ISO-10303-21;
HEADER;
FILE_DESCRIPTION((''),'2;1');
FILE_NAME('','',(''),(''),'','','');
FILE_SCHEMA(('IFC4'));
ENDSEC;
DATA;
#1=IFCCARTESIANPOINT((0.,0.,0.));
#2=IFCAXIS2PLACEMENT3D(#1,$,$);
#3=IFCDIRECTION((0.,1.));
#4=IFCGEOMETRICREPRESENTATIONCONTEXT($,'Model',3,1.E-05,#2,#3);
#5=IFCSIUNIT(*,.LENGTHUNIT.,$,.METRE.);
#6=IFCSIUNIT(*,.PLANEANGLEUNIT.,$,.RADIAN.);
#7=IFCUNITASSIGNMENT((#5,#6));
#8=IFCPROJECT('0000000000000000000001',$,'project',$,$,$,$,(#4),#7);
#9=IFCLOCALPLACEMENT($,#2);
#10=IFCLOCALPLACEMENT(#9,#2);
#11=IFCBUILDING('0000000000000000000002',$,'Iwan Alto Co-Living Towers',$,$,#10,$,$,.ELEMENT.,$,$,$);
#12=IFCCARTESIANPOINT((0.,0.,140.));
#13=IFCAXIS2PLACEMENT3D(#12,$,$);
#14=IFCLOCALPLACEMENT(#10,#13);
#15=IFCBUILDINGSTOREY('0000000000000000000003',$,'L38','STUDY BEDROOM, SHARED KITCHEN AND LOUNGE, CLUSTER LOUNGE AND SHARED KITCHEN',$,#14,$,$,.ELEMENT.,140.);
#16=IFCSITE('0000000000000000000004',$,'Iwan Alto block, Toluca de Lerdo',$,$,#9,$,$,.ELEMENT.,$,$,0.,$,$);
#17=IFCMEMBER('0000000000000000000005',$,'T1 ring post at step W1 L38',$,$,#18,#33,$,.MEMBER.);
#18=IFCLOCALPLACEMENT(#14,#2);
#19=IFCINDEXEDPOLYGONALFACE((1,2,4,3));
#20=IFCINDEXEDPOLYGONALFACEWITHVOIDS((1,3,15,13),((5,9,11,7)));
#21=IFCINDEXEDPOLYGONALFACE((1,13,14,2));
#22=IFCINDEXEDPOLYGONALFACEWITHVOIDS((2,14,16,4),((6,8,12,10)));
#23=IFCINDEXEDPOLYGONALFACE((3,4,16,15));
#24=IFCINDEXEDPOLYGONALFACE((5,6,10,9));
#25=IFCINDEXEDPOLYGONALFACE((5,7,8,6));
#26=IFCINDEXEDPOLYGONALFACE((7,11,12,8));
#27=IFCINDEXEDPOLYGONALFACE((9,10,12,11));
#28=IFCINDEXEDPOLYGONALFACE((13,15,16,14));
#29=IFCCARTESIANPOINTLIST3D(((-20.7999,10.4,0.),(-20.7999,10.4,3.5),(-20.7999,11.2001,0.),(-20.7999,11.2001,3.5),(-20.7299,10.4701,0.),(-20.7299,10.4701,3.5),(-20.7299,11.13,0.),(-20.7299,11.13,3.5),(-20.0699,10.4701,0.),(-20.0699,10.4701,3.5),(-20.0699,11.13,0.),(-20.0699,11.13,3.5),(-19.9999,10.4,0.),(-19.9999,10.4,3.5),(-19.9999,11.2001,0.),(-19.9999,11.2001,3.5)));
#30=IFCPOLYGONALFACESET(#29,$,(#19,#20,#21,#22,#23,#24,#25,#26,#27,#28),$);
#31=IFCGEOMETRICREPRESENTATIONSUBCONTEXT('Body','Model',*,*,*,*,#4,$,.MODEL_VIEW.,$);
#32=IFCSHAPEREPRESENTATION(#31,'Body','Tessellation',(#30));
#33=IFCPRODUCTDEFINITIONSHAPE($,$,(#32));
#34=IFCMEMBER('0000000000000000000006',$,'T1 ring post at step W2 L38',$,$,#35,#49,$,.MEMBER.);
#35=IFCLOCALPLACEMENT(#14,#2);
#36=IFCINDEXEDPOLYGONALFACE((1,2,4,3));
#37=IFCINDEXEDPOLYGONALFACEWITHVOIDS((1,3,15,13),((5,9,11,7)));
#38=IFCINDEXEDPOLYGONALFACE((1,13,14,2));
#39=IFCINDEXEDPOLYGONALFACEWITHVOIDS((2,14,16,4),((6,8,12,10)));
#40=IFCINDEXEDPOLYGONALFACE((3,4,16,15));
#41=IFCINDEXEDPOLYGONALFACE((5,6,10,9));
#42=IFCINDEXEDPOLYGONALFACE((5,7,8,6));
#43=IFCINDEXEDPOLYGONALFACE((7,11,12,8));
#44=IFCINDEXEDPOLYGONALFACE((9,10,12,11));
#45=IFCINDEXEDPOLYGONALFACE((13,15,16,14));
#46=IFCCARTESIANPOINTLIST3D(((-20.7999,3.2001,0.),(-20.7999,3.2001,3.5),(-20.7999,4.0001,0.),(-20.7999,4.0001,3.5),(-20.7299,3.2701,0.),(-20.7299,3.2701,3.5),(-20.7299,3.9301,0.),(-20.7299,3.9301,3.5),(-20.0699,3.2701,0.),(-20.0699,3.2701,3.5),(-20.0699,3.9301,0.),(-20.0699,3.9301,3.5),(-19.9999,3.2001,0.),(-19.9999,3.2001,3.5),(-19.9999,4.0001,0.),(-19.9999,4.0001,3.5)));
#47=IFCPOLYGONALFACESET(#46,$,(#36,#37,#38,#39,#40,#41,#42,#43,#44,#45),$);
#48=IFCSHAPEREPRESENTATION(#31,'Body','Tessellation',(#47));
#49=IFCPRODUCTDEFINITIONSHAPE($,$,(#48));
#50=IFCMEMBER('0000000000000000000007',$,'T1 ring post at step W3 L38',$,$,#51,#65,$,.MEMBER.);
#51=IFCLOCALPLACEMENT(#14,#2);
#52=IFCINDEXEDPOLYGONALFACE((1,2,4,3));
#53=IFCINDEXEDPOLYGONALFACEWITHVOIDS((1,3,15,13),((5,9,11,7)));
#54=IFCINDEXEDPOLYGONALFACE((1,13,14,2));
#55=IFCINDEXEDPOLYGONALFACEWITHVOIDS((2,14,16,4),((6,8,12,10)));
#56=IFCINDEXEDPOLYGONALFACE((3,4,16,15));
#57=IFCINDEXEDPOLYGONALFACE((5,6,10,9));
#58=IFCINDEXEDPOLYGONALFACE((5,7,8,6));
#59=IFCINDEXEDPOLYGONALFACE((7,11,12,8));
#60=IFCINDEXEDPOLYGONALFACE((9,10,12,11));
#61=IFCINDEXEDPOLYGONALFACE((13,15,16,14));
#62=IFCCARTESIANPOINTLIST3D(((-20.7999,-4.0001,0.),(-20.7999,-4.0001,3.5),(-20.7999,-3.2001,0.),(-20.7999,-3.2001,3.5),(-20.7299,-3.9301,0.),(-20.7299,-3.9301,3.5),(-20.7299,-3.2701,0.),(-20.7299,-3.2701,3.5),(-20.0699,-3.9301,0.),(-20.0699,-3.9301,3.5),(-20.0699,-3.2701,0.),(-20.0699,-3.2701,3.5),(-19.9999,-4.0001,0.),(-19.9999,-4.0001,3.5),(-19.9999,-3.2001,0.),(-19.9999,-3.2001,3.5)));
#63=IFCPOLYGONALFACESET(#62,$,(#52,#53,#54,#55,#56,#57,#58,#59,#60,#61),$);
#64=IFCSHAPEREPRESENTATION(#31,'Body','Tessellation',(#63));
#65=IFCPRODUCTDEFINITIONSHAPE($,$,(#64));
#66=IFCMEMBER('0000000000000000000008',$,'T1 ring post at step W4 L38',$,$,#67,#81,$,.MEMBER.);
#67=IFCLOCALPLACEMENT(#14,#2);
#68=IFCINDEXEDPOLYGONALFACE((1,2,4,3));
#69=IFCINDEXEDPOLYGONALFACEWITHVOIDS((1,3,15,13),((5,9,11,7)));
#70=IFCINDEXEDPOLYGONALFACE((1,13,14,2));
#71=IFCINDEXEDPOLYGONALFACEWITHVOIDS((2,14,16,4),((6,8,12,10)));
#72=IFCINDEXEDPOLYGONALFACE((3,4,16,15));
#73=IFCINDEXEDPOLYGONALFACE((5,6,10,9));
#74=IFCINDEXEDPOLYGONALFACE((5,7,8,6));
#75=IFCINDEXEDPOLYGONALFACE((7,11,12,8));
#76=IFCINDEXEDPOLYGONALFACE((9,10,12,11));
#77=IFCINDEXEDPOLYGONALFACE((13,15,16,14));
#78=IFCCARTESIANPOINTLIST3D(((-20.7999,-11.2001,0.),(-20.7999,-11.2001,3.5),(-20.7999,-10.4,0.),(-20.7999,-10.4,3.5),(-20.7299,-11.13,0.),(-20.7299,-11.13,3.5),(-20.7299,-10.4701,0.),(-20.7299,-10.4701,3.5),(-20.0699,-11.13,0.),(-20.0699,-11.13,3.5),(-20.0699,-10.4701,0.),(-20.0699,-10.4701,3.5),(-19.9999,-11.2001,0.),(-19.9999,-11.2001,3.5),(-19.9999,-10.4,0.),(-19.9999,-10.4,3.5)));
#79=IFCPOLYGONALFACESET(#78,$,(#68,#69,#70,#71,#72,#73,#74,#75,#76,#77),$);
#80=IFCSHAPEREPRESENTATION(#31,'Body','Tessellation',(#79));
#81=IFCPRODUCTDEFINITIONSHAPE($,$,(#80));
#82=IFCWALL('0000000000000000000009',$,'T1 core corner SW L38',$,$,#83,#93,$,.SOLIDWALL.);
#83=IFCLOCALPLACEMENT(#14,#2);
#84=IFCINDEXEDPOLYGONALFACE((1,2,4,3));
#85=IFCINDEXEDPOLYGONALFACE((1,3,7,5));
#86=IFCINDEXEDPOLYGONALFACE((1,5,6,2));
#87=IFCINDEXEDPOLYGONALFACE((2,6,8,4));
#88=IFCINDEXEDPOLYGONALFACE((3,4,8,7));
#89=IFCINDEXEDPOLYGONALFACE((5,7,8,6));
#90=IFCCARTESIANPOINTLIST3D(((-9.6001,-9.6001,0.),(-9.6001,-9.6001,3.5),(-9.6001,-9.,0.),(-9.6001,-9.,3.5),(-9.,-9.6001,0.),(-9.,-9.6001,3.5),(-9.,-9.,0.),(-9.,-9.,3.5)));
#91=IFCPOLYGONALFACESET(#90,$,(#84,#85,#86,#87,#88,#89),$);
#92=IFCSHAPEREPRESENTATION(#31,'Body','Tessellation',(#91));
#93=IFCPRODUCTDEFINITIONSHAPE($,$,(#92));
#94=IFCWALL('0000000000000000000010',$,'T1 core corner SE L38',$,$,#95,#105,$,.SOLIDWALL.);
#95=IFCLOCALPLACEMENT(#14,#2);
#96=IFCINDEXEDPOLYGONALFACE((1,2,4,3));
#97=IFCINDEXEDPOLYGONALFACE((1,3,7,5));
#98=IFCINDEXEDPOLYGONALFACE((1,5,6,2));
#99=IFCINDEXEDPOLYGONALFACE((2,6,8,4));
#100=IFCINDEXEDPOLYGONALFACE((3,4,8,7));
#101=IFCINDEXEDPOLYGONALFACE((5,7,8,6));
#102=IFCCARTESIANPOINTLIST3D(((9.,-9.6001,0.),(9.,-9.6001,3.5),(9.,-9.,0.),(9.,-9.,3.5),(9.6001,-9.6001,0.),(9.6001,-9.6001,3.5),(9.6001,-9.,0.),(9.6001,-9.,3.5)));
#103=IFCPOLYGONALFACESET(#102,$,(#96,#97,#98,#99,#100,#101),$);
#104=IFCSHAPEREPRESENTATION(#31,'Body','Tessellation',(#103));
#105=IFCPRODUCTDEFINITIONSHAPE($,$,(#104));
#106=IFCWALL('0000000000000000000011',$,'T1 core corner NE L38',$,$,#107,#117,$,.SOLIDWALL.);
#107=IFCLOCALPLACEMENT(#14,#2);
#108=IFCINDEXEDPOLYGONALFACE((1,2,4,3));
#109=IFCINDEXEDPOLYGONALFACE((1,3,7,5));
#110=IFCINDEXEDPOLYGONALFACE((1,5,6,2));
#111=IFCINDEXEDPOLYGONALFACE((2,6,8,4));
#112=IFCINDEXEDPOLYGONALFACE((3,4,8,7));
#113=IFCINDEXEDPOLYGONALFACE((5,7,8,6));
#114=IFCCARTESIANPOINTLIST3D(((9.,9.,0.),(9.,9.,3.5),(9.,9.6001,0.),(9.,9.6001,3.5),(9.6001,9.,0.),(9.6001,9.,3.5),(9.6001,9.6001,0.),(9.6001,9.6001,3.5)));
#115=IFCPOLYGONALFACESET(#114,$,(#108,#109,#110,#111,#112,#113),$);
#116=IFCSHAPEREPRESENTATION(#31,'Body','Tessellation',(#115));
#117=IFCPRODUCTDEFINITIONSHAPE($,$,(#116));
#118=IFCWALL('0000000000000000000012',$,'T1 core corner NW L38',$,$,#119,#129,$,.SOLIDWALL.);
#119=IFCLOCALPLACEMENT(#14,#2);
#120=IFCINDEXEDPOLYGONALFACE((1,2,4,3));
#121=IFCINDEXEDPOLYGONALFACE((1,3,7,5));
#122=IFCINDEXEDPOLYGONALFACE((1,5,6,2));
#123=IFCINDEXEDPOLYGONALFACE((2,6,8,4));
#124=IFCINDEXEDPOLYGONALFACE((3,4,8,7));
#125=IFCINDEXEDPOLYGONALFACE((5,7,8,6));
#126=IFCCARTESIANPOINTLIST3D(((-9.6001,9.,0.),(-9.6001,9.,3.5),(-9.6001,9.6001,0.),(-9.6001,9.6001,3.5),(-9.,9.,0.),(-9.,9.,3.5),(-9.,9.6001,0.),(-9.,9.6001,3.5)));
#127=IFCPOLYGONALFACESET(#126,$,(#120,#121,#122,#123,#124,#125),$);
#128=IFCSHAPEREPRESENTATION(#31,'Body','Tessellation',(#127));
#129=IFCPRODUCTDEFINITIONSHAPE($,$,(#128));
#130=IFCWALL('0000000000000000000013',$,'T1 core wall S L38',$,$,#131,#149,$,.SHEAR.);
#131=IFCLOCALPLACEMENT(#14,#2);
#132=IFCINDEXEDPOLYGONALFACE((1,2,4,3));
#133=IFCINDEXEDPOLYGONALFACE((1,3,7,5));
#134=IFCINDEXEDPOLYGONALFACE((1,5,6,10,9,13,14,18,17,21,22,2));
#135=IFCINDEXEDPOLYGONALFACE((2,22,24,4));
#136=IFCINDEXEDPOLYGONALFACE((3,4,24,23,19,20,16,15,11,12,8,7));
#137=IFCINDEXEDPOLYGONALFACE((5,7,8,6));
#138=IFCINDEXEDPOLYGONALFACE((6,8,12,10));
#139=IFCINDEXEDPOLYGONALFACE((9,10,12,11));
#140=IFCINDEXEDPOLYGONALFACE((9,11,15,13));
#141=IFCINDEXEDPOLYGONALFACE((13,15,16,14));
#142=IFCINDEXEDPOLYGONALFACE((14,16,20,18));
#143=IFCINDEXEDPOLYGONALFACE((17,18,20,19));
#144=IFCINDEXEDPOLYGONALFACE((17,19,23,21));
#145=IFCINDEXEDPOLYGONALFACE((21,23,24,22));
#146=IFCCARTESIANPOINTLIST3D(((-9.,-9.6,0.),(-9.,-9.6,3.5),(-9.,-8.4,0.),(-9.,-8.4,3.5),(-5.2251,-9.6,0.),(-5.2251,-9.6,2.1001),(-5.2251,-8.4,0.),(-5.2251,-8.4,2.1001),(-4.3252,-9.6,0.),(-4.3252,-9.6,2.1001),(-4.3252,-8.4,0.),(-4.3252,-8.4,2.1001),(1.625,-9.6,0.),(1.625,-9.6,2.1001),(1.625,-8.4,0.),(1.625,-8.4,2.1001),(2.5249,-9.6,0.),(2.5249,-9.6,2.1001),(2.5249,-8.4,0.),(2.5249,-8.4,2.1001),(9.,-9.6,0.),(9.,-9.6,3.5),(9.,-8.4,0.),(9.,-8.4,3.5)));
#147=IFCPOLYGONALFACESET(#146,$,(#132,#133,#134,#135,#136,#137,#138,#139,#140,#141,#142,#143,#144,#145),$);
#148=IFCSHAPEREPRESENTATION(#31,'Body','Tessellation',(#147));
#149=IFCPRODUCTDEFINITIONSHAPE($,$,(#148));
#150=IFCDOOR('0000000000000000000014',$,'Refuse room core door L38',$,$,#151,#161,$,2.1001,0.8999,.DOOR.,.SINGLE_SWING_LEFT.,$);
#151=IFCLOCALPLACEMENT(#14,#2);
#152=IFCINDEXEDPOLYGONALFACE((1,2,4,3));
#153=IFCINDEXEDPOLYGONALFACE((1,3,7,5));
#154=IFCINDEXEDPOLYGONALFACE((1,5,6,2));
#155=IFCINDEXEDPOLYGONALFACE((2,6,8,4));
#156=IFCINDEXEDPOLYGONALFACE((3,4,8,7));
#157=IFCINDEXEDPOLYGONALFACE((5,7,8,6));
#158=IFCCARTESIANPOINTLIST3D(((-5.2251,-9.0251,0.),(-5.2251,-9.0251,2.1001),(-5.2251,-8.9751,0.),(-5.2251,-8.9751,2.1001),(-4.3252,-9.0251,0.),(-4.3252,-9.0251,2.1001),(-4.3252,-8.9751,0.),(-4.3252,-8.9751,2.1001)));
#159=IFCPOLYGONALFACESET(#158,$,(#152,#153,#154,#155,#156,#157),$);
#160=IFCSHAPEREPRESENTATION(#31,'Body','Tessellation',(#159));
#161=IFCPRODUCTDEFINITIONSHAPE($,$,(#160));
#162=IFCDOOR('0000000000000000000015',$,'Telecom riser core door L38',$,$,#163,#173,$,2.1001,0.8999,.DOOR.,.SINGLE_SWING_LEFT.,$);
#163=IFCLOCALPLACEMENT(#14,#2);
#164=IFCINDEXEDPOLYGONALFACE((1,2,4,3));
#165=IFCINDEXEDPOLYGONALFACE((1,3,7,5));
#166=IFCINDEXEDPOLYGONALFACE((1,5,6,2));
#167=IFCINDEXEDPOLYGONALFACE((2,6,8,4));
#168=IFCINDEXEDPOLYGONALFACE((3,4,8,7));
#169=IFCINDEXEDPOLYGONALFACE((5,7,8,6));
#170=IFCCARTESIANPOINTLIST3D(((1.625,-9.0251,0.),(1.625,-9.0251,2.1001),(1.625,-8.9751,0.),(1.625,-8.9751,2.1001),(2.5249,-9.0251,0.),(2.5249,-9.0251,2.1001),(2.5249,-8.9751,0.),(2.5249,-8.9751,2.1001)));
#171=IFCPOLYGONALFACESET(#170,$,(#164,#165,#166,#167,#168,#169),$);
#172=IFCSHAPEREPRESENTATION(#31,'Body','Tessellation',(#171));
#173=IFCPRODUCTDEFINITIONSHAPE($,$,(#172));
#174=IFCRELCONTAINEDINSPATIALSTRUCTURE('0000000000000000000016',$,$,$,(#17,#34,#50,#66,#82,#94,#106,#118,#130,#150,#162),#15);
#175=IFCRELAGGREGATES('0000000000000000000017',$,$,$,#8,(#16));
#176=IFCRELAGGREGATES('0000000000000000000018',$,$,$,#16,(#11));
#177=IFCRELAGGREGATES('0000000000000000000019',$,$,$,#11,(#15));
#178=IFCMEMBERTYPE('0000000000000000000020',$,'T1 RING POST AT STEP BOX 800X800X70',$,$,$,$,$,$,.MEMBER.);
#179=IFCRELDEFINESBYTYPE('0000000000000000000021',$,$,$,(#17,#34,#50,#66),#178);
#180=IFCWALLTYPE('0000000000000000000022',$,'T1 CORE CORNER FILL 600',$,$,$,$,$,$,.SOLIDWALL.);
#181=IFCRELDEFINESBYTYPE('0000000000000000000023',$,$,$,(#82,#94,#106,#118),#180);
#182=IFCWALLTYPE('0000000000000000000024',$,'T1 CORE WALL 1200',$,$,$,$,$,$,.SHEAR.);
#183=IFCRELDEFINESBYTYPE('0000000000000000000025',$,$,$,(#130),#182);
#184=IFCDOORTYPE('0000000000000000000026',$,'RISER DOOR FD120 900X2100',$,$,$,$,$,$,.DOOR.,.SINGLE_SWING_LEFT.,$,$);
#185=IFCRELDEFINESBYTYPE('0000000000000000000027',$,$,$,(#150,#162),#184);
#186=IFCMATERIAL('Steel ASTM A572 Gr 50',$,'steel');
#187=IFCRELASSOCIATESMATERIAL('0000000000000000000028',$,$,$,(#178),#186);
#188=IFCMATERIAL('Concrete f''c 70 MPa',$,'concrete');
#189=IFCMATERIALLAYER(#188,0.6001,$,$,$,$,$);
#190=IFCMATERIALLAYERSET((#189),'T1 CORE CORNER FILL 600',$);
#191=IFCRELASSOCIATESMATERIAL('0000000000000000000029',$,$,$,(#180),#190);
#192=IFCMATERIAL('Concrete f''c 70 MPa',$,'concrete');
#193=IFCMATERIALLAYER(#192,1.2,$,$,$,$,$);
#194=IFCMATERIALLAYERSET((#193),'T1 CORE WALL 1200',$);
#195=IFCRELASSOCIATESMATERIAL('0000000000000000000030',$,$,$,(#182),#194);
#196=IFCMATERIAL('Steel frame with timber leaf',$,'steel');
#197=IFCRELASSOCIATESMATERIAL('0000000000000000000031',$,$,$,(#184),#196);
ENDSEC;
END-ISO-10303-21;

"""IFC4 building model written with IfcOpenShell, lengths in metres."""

from ifc_helpers import new_model, si_unit, direction, frame, frame_2d, origin, origin_2d, place, context, subcontext, project, spatial, rectangle, hollow_rectangle, extrude, material, layer, layer_set, material_profile, profile_set, type_object, element, fill, save


model = new_model("IFC4")

# Units and contexts
model_context = context("Model", 3, precision=1e-05, world=origin(), true_north=direction((0.0, 1.0)))
body_context = subcontext(model_context, "Body", "Model", "MODEL_VIEW")
ifc_project = project(units=[si_unit("LENGTHUNIT", "METRE"), si_unit("PLANEANGLEUNIT", "RADIAN")], contexts=[model_context])

# Site, building, storey
site_placement = place(None, origin())
site = spatial("IfcSite", under=ifc_project, at=site_placement, Name="Iwan Alto block, Toluca de Lerdo", CompositionType="ELEMENT", RefElevation=0.0)
building_placement = place(site_placement, origin())
building = spatial("IfcBuilding", under=site, at=building_placement, Name="Iwan Alto Co-Living Towers", CompositionType="ELEMENT")
storey_placement = place(building_placement, frame((0.0, 0.0, 140.0)))
storey = spatial("IfcBuildingStorey", under=building, at=storey_placement, Name="L38", Description="STUDY BEDROOM, SHARED KITCHEN AND LOUNGE, CLUSTER LOUNGE AND SHARED KITCHEN", CompositionType="ELEMENT", Elevation=140.0)

# Members
ifc_material_1 = material(Name="Steel ASTM A572 Gr 50", Category="steel")
ifc_material_profile_1 = material_profile(ifc_material_1, hollow_rectangle(XDim=0.8, YDim=0.8, WallThickness=0.0701, at=origin_2d()), Name="BOX 800X800X70")
ifc_profile_set_1 = profile_set([ifc_material_profile_1], Name="Steel ASTM A572 Gr 50")
member_type_1 = type_object("IfcMemberType", Name="T1 RING POST AT STEP BOX 800X800X70", PredefinedType="MEMBER", material=ifc_profile_set_1)
for number, where, z_axis, x_axis, name in (
    (1, (-20.3999, 10.8, 0.0), (0.0, 0.0, 1.0), (1.0, 0.0, 0.0), "T1 ring post at step W1 L38"),
    (2, (-20.3999, 3.6001, 0.0), (0.0, 0.0, 1.0), (1.0, 0.0, 0.0), "T1 ring post at step W2 L38"),
    (3, (-20.3999, -3.6001, 0.0), (0.0, 0.0, 1.0), (1.0, 0.0, 0.0), "T1 ring post at step W3 L38"),
    (4, (-20.3999, -10.8, 0.0), (0.0, 0.0, 1.0), (1.0, 0.0, 0.0), "T1 ring post at step W4 L38"),
):
    element("IfcMember", number, at=place(storey_placement, frame(where, z_axis=z_axis, x_axis=x_axis)), inside=storey, type_object=member_type_1, Name=name, PredefinedType="MEMBER", context=body_context, shape_type="SweptSolid", body=[
        extrude(hollow_rectangle(XDim=0.8, YDim=0.8, WallThickness=0.0701, at=origin_2d()), origin(), (0.0, 0.0, 1.0), 3.5),
    ])

# Walls
ifc_material_2 = material(Name="Concrete f'c 70 MPa", Category="concrete")
ifc_layer_1 = layer(ifc_material_2, 0.6001)
ifc_layer_set_1 = layer_set([ifc_layer_1], Name="T1 CORE CORNER FILL 600")
wall_type_1 = type_object("IfcWallType", Name="T1 CORE CORNER FILL 600", PredefinedType="SOLIDWALL", material=ifc_layer_set_1)
for number, where, z_axis, x_axis, name in (
    (5, (-9.6001, -9.3, 0.0), (0.0, 0.0, 1.0), (1.0, 0.0, 0.0), "T1 core corner SW L38"),
    (6, (9.0, -9.3, 0.0), (0.0, 0.0, 1.0), (1.0, 0.0, 0.0), "T1 core corner SE L38"),
    (7, (9.0, 9.3, 0.0), (0.0, 0.0, 1.0), (1.0, 0.0, 0.0), "T1 core corner NE L38"),
    (8, (-9.6001, 9.3, 0.0), (0.0, 0.0, 1.0), (1.0, 0.0, 0.0), "T1 core corner NW L38"),
):
    element("IfcWall", number, at=place(storey_placement, frame(where, z_axis=z_axis, x_axis=x_axis)), inside=storey, type_object=wall_type_1, Name=name, PredefinedType="SOLIDWALL", context=body_context, shape_type="SweptSolid", body=[
        extrude(rectangle(XDim=0.6001, YDim=0.6001, at=frame_2d((0.3, 0.0))), origin(), (0.0, 0.0, 1.0), 3.5),
    ])

# Wall, openings, doors
ifc_material_3 = material(Name="Concrete f'c 70 MPa", Category="concrete")
ifc_layer_2 = layer(ifc_material_3, 1.2)
ifc_layer_set_2 = layer_set([ifc_layer_2], Name="T1 CORE WALL 1200")
wall_type_2 = type_object("IfcWallType", Name="T1 CORE WALL 1200", PredefinedType="SHEAR", material=ifc_layer_set_2)
wall_1_placement = place(storey_placement, frame((-9.0, -9.0, 0.0), z_axis=(0.0, 0.0, 1.0), x_axis=(1.0, 0.0, 0.0)))
wall_1 = element("IfcWall", 9, at=wall_1_placement, inside=storey, type_object=wall_type_2, Name="T1 core wall S L38", PredefinedType="SHEAR", context=body_context, shape_type="SweptSolid", body=[
    extrude(rectangle(XDim=18.0, YDim=1.2, at=frame_2d((9.0, 0.0))), origin(), (0.0, 0.0, 1.0), 3.5),
])
opening_1_placement = place(wall_1_placement, frame((3.7749, 0.0, 0.0)))
opening_1 = element("IfcOpeningElement", 10, at=opening_1_placement, cuts=wall_1, PredefinedType="OPENING", context=body_context, shape_type="SweptSolid", body=[
    extrude(rectangle(XDim=0.8999, YDim=2.1001, at=frame_2d((0.45, 1.05))), frame((0.0, 0.6099, 0.0), z_axis=(0.0, -1.0, 0.0), x_axis=(1.0, 0.0, 0.0)), (0.0, 0.0, 1.0), 1.22),
])
opening_2_placement = place(wall_1_placement, frame((10.625, 0.0, 0.0)))
opening_2 = element("IfcOpeningElement", 11, at=opening_2_placement, cuts=wall_1, PredefinedType="OPENING", context=body_context, shape_type="SweptSolid", body=[
    extrude(rectangle(XDim=0.8999, YDim=2.1001, at=frame_2d((0.45, 1.05))), frame((0.0, 0.6099, 0.0), z_axis=(0.0, -1.0, 0.0), x_axis=(1.0, 0.0, 0.0)), (0.0, 0.0, 1.0), 1.22),
])
ifc_material_4 = material(Name="Steel frame with timber leaf", Category="steel")
door_type_1 = type_object("IfcDoorType", Name="RISER DOOR FD120 900X2100", OperationType="SINGLE_SWING_LEFT", PredefinedType="DOOR", material=ifc_material_4)
door_1_placement = place(opening_1_placement, origin())
door_1 = element("IfcDoor", 12, at=door_1_placement, inside=storey, type_object=door_type_1, Name="Refuse room core door L38", OperationType="SINGLE_SWING_LEFT", OverallHeight=2.1001, OverallWidth=0.8999, PredefinedType="DOOR", context=body_context, shape_type="SweptSolid", body=[
    extrude(rectangle(XDim=0.8999, YDim=2.1001, at=frame_2d((0.45, 1.05))), frame((0.0, 0.0249, 0.0), z_axis=(0.0, -1.0, 0.0), x_axis=(1.0, 0.0, 0.0)), (0.0, 0.0, 1.0), 0.05),
])
fill(opening_1, door_1)
door_2_placement = place(opening_2_placement, origin())
door_2 = element("IfcDoor", 13, at=door_2_placement, inside=storey, type_object=door_type_1, Name="Telecom riser core door L38", OperationType="SINGLE_SWING_LEFT", OverallHeight=2.1001, OverallWidth=0.8999, PredefinedType="DOOR", context=body_context, shape_type="SweptSolid", body=[
    extrude(rectangle(XDim=0.8999, YDim=2.1001, at=frame_2d((0.45, 1.05))), frame((0.0, 0.0249, 0.0), z_axis=(0.0, -1.0, 0.0), x_axis=(1.0, 0.0, 0.0)), (0.0, 0.0, 1.0), 0.05),
])
fill(opening_2, door_2)

save(model, "model.ifc")
